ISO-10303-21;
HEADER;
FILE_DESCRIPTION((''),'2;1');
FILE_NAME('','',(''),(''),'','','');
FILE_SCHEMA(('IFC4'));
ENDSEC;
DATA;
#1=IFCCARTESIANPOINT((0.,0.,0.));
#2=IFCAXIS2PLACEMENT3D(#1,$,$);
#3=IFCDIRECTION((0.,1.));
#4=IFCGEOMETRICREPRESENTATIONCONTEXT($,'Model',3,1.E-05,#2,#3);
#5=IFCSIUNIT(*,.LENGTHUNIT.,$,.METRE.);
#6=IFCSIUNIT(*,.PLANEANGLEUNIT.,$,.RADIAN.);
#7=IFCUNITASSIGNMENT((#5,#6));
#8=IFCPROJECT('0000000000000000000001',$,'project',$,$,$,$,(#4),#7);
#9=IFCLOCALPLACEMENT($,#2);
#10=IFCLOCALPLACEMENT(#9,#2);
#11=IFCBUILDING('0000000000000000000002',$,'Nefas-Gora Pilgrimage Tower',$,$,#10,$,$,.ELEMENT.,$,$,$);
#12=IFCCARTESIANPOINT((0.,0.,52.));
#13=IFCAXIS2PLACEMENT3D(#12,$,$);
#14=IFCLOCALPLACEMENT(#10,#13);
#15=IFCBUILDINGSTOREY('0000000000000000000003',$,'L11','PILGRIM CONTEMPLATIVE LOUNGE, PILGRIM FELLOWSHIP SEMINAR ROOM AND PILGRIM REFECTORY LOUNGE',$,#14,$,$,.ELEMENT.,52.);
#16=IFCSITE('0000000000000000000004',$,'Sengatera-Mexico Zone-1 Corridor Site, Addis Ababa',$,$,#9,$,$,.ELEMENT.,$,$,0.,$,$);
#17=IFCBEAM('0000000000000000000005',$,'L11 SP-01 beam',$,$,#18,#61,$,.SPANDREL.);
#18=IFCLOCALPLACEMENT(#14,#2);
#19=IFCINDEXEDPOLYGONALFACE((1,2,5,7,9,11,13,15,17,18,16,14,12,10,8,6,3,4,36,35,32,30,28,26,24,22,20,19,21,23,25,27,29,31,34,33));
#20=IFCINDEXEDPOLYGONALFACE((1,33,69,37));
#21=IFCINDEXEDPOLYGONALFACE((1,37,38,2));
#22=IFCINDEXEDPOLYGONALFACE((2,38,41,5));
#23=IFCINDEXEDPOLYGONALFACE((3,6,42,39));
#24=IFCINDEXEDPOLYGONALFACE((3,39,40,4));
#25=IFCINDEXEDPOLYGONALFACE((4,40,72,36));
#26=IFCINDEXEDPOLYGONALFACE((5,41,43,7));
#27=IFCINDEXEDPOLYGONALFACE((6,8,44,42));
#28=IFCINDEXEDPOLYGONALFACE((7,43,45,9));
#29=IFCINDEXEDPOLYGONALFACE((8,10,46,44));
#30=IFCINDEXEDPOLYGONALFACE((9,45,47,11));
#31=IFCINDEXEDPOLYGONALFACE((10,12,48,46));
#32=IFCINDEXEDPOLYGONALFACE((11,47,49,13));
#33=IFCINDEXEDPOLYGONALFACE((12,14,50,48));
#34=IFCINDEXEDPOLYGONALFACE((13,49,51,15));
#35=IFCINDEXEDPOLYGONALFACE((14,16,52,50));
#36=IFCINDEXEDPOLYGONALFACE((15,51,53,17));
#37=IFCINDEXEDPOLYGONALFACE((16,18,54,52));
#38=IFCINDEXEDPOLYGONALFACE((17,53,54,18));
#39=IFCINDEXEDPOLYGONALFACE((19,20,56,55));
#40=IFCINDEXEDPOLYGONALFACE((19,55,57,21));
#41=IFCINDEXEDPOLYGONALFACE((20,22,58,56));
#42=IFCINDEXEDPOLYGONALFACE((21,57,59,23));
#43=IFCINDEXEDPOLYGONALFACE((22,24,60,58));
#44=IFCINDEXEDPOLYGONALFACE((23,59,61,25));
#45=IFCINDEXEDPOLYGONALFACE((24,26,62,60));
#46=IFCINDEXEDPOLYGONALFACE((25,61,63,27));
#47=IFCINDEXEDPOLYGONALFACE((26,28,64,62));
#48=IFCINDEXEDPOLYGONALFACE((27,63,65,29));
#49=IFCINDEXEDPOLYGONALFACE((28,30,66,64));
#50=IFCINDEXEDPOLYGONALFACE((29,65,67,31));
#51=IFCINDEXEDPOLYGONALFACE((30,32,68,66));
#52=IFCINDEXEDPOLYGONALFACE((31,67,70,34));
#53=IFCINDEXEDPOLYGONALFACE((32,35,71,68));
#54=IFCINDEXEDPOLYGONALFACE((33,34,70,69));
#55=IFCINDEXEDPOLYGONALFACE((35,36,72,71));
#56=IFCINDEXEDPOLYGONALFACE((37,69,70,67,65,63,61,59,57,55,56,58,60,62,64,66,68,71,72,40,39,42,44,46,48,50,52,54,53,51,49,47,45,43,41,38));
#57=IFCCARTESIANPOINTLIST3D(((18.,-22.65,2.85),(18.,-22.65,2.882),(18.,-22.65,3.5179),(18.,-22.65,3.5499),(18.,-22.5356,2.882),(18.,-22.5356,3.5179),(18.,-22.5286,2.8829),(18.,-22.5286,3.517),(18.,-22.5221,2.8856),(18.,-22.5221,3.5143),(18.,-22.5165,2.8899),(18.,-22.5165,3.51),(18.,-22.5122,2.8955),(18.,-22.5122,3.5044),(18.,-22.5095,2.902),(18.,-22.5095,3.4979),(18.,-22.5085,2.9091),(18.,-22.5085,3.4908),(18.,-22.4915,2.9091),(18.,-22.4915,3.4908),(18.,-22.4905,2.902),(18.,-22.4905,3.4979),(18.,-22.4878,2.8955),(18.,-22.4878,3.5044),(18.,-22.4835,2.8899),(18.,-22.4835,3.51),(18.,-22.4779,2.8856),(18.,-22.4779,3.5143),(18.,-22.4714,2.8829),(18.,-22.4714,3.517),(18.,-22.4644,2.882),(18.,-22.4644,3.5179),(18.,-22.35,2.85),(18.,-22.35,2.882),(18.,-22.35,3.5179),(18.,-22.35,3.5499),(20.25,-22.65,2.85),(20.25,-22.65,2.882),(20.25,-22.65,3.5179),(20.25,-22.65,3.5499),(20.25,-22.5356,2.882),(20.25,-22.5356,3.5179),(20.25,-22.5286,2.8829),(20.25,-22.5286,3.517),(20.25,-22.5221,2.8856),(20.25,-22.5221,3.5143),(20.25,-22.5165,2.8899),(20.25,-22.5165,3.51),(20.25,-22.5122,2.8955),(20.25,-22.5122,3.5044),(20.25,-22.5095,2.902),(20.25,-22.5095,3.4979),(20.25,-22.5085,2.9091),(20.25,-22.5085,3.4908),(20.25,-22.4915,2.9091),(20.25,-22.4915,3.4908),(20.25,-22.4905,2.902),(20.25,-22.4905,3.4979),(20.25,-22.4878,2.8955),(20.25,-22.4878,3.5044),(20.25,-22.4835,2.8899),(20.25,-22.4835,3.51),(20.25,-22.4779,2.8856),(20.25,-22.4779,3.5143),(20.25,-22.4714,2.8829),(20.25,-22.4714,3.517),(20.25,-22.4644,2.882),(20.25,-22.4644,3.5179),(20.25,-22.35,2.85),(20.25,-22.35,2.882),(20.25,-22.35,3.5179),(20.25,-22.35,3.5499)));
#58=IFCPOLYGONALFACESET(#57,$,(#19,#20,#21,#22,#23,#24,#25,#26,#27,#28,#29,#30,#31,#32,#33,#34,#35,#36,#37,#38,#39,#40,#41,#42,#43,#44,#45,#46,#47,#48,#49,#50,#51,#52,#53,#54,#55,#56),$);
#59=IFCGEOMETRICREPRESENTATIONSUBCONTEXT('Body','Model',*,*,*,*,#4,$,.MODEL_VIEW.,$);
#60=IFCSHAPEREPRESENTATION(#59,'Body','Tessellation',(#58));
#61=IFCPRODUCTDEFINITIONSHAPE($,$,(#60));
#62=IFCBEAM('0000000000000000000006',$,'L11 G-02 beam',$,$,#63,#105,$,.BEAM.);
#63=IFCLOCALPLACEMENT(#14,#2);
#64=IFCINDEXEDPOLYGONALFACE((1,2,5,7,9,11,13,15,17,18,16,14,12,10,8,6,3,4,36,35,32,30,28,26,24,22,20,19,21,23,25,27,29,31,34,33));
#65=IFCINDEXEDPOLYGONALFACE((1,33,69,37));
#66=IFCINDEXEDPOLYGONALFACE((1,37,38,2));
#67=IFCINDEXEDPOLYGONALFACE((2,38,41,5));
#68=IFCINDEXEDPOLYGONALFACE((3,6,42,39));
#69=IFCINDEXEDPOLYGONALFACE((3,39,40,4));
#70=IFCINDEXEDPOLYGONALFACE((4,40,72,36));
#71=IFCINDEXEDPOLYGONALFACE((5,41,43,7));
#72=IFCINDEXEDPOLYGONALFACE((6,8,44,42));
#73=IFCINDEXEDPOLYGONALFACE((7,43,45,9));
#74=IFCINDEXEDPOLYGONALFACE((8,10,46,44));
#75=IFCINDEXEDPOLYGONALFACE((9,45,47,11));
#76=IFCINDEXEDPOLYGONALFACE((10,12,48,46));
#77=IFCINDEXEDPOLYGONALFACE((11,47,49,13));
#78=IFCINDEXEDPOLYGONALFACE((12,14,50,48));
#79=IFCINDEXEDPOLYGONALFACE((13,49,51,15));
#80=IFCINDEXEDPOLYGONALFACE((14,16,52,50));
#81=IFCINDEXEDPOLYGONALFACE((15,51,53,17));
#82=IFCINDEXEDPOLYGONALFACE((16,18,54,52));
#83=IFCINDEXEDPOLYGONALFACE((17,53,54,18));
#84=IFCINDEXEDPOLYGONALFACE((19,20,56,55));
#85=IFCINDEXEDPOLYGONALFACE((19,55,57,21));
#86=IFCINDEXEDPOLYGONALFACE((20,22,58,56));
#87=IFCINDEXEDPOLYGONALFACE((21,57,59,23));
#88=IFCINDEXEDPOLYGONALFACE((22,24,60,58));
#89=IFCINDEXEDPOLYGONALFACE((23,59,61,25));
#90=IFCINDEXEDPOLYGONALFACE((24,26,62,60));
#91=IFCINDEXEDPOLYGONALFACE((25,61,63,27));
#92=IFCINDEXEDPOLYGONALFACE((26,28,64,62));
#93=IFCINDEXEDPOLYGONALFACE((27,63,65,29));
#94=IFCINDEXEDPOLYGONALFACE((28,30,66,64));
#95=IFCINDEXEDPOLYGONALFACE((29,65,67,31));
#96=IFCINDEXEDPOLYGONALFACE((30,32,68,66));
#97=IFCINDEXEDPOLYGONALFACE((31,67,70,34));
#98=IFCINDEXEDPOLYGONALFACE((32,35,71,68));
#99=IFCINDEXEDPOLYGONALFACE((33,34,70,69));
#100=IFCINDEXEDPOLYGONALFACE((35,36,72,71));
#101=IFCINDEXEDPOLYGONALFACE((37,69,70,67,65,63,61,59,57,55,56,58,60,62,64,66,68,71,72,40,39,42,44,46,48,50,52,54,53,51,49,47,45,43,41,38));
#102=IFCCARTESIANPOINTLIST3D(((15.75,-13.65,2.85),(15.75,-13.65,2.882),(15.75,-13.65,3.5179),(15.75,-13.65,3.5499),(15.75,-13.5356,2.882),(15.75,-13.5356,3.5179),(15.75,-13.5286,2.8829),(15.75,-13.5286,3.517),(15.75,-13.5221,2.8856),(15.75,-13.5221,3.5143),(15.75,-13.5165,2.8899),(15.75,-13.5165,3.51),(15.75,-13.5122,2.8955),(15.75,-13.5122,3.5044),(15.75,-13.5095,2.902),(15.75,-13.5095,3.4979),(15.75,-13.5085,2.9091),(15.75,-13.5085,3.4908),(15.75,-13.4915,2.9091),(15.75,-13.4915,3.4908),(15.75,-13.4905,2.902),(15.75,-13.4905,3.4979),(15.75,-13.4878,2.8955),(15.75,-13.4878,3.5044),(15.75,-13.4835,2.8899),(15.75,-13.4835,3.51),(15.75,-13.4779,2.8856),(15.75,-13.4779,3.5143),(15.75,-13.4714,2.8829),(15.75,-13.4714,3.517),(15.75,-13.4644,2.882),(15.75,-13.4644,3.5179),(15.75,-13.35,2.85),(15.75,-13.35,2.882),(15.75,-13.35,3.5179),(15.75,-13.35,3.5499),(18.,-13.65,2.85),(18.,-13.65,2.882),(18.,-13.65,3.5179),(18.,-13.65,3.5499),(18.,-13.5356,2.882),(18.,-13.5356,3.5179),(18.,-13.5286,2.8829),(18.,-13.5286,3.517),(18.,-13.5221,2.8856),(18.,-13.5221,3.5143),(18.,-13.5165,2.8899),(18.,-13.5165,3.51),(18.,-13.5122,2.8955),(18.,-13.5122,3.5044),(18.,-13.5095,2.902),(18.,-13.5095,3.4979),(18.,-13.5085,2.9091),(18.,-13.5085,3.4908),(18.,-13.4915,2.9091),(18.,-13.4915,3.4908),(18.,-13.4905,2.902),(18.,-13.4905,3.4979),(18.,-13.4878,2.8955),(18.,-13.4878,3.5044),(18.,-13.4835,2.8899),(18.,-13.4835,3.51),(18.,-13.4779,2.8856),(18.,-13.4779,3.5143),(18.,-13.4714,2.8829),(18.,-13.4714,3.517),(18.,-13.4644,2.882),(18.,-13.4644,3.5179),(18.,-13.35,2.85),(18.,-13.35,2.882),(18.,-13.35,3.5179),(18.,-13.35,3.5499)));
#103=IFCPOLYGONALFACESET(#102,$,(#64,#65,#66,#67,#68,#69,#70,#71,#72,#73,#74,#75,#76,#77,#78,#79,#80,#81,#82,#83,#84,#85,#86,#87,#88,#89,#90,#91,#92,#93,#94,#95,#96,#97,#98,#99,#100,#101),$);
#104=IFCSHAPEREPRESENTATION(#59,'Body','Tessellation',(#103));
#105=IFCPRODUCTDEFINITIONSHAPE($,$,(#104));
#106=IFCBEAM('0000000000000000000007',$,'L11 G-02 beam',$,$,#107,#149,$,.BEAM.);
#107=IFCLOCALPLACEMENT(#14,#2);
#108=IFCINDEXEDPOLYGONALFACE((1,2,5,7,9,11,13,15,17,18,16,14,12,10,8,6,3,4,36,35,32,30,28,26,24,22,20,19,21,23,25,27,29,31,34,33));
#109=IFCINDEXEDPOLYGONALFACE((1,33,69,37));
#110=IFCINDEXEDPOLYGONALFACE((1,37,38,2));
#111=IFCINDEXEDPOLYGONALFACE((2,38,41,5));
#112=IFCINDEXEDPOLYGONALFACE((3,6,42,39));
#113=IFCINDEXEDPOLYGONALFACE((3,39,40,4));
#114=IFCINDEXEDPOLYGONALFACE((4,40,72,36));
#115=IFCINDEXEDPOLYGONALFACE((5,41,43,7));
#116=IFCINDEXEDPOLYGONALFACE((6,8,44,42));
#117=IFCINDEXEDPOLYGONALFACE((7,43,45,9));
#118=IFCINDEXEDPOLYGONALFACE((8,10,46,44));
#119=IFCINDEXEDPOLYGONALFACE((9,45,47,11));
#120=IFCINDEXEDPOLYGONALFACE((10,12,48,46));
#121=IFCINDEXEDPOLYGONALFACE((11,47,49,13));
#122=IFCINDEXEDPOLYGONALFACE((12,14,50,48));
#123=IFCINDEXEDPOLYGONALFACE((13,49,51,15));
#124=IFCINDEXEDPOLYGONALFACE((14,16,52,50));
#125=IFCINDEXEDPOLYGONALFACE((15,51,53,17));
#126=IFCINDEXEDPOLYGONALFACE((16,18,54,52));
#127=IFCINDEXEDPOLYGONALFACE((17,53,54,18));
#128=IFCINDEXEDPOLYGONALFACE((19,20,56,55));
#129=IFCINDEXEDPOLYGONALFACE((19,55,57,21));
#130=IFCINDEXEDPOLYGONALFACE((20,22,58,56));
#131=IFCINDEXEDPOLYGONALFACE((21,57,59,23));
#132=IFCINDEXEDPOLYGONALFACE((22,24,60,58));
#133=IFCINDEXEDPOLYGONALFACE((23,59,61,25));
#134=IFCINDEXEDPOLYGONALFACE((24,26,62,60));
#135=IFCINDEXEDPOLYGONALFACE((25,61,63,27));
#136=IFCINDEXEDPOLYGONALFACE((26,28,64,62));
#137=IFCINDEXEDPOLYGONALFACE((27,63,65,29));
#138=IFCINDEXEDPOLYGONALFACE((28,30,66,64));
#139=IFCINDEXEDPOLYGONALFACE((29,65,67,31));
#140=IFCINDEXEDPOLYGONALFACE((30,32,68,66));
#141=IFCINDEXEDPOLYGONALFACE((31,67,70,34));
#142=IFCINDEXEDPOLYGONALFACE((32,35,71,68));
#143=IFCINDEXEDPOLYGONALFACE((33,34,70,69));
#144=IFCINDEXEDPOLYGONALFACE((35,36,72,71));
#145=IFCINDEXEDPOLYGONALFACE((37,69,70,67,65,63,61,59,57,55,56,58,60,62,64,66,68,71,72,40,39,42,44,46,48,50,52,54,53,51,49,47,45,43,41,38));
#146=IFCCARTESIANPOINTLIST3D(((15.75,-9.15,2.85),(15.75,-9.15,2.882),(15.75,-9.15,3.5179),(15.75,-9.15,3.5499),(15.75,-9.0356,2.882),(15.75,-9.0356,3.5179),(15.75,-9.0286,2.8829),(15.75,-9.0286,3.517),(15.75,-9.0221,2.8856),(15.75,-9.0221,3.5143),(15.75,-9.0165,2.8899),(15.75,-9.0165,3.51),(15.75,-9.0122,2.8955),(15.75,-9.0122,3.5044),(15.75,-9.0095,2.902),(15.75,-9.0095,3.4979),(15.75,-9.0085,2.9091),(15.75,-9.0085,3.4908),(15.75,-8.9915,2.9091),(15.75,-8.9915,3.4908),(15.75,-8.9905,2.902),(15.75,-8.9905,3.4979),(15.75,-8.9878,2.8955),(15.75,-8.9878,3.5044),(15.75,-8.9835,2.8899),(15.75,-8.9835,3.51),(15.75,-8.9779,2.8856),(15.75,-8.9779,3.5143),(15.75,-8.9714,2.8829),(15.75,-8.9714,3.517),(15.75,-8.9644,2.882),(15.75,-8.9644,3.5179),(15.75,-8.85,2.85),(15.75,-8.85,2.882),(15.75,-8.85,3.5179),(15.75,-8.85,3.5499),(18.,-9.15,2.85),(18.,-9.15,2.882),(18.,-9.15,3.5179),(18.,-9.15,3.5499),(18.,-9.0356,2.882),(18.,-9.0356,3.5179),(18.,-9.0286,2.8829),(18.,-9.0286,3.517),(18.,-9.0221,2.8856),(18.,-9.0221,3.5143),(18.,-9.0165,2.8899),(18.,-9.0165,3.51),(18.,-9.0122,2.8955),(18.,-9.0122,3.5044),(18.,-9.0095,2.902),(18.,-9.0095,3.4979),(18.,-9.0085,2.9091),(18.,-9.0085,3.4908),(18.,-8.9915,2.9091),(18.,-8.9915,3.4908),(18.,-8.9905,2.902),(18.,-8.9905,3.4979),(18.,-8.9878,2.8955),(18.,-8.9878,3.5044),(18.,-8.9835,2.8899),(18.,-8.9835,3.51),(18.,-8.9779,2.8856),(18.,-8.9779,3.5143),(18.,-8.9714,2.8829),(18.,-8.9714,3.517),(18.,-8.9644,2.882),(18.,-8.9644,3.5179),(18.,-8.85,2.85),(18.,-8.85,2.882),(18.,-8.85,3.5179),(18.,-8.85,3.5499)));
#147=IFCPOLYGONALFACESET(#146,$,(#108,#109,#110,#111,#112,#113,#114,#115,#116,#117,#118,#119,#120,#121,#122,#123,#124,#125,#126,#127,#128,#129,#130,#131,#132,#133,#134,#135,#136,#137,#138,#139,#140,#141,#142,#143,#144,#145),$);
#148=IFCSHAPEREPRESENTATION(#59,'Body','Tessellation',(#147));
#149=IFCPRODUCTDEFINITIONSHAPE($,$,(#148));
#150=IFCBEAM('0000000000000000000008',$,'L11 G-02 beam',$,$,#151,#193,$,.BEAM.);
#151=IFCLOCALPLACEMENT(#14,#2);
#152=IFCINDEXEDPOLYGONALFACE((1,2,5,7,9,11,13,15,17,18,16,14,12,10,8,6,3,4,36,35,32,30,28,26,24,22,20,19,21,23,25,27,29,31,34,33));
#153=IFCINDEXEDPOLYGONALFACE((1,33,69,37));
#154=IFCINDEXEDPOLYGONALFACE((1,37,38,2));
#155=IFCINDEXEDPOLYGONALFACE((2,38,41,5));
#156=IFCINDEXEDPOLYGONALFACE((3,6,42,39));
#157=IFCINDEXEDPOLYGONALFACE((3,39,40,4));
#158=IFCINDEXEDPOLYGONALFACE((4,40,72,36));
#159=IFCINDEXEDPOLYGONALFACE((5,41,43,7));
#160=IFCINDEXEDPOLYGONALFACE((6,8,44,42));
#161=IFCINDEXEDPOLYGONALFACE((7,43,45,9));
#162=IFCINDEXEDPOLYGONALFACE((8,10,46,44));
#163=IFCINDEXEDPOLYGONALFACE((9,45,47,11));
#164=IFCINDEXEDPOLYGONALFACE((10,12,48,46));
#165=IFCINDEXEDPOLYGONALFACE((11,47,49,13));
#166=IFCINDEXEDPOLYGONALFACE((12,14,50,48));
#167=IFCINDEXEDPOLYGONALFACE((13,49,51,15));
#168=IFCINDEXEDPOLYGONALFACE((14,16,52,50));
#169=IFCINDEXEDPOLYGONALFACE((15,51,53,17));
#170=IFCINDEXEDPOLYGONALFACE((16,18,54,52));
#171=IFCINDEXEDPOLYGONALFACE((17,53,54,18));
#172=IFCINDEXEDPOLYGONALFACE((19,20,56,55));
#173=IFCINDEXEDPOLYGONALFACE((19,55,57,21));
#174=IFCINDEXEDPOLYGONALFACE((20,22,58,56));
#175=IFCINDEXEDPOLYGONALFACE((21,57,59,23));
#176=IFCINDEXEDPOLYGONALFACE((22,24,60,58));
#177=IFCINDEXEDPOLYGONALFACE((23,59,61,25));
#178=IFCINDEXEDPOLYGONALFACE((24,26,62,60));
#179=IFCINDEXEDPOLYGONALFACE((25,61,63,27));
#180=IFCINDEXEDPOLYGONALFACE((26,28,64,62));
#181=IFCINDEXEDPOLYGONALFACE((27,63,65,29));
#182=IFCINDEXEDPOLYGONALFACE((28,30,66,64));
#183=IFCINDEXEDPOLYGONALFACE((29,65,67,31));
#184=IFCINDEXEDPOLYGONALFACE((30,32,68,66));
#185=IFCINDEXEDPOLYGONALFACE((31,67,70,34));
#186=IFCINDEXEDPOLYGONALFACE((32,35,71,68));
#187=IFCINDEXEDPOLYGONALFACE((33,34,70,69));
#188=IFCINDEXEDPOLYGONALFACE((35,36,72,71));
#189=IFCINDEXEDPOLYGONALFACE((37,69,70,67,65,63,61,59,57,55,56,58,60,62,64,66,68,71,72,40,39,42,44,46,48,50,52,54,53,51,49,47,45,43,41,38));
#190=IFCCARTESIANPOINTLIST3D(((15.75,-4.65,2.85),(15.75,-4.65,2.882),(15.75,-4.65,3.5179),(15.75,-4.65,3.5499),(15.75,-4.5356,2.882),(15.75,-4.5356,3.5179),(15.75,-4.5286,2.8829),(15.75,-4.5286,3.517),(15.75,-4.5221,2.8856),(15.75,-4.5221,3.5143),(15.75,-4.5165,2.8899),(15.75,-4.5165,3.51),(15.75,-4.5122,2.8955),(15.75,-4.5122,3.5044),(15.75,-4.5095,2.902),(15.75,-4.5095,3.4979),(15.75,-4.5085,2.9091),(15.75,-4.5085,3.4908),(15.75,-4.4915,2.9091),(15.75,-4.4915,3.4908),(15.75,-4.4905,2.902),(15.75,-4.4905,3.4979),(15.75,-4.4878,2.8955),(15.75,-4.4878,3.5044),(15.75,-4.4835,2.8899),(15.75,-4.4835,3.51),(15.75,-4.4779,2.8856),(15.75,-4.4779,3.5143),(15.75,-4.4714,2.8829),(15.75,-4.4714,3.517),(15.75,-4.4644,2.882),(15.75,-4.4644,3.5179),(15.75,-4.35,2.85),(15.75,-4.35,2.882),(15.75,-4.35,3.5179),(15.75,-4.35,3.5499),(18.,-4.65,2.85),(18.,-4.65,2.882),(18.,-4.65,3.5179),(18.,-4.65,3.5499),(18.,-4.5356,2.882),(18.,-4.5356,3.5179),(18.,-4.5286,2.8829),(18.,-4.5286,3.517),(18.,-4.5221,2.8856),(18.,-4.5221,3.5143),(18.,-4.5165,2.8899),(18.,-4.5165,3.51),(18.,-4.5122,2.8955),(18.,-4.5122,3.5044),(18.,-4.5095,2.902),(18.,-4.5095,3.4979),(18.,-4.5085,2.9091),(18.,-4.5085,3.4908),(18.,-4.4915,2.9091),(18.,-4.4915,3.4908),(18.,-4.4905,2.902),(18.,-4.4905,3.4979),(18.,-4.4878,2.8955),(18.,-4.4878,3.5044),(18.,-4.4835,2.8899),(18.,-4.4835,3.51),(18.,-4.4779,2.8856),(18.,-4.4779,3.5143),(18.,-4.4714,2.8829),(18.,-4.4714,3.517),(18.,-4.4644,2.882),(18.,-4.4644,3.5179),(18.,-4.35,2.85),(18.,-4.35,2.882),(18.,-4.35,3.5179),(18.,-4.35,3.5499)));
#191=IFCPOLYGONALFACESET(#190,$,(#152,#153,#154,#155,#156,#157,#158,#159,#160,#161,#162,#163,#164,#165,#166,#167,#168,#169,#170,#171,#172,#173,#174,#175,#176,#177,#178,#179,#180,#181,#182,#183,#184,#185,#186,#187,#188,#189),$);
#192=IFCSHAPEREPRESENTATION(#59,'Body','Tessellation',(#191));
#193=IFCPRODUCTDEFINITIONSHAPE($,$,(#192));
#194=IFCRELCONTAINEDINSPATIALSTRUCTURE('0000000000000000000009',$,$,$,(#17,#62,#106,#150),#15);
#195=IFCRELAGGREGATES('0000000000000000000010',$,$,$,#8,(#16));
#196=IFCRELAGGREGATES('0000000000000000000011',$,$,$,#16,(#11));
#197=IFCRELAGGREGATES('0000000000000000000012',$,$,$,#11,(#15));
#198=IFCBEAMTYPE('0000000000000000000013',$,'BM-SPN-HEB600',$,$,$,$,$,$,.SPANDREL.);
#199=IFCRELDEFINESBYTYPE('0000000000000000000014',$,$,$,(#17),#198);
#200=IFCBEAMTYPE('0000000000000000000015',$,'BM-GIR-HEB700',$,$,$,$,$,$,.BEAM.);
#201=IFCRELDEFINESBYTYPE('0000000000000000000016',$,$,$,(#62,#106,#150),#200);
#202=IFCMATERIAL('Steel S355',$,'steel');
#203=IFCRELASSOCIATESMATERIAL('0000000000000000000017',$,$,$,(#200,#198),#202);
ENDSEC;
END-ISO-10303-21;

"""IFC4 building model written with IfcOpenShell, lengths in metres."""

from ifc_helpers import new_model, si_unit, direction, frame, origin, origin_2d, place, context, subcontext, project, spatial, i_section, extrude, source, transform, mapped, material, material_profile, profile_set, type_object, element, save


model = new_model("IFC4")

# Units and contexts
model_context = context("Model", 3, precision=1e-05, world=origin(), true_north=direction((0.0, 1.0)))
body_context = subcontext(model_context, "Body", "Model", "MODEL_VIEW")
ifc_project = project(units=[si_unit("LENGTHUNIT", "METRE"), si_unit("PLANEANGLEUNIT", "RADIAN")], contexts=[model_context])

# Site, building, storey
site_placement = place(None, origin())
site = spatial("IfcSite", under=ifc_project, at=site_placement, Name="Sengatera-Mexico Zone-1 Corridor Site, Addis Ababa", CompositionType="ELEMENT", RefElevation=0.0)
building_placement = place(site_placement, origin())
building = spatial("IfcBuilding", under=site, at=building_placement, Name="Nefas-Gora Pilgrimage Tower", CompositionType="ELEMENT")
storey_placement = place(building_placement, frame((0.0, 0.0, 52.0)))
storey = spatial("IfcBuildingStorey", under=building, at=storey_placement, Name="L11", Description="PILGRIM CONTEMPLATIVE LOUNGE, PILGRIM FELLOWSHIP SEMINAR ROOM AND PILGRIM REFECTORY LOUNGE", CompositionType="ELEMENT", Elevation=52.0)

# Beams
ifc_material_1 = material(Name="Steel S355", Category="steel")
ifc_material_profile_1 = material_profile(ifc_material_1, i_section(OverallWidth=0.3, OverallDepth=0.7, WebThickness=0.0171, FlangeThickness=0.032, FilletRadius=0.0271, at=origin_2d()), Name="HEB 700")
ifc_profile_set_1 = profile_set([ifc_material_profile_1], Name="Steel S355")
beam_type_1 = type_object("IfcBeamType", Name="BM-GIR-HEB700", PredefinedType="BEAM", material=ifc_profile_set_1)
ifc_material_profile_2 = material_profile(ifc_material_1, i_section(OverallWidth=0.3, OverallDepth=0.7, WebThickness=0.0171, FlangeThickness=0.032, FilletRadius=0.0271, at=origin_2d()), Name="HEB 700")
ifc_profile_set_2 = profile_set([ifc_material_profile_2], Name="Steel S355")
beam_type_2 = type_object("IfcBeamType", Name="BM-SPN-HEB600", PredefinedType="SPANDREL", material=ifc_profile_set_2)
shared_shape_1 = source(origin(), body_context, "Body", "SweptSolid", [
    extrude(i_section(OverallWidth=0.3, OverallDepth=0.7, WebThickness=0.0171, FlangeThickness=0.032, FilletRadius=0.0271, at=origin_2d()), origin(), (0.0, 0.0, 1.0), 2.25),
])
for number, where, z_axis, x_axis, name in (
    (1, (18.0, -22.5, 3.2), (1.0, 0.0, 0.0), (0.0, 1.0, 0.0), "L11 SP-01 beam"),
):
    element("IfcBeam", number, at=place(storey_placement, frame(where, z_axis=z_axis, x_axis=x_axis)), inside=storey, type_object=beam_type_2, Name=name, PredefinedType="SPANDREL", context=body_context, shape_type="MappedRepresentation", body=[
        mapped(shared_shape_1, transform((0.0, 0.0, 0.0), x_axis=(1.0, 0.0, 0.0), y_axis=(0.0, 1.0, 0.0), z_axis=(0.0, 0.0, 1.0), scale=1.0)),
    ])
shared_shape_2 = source(origin(), body_context, "Body", "SweptSolid", [
    extrude(i_section(OverallWidth=0.3, OverallDepth=0.7, WebThickness=0.0171, FlangeThickness=0.032, FilletRadius=0.0271, at=origin_2d()), origin(), (0.0, 0.0, 1.0), 2.25),
])
for number, where, z_axis, x_axis, name in (
    (2, (15.75, -13.5, 3.2), (1.0, 0.0, 0.0), (0.0, 1.0, 0.0), "L11 G-02 beam"),
    (3, (15.75, -9.0, 3.2), (1.0, 0.0, 0.0), (0.0, 1.0, 0.0), "L11 G-02 beam"),
    (4, (15.75, -4.5, 3.2), (1.0, 0.0, 0.0), (0.0, 1.0, 0.0), "L11 G-02 beam"),
):
    element("IfcBeam", number, at=place(storey_placement, frame(where, z_axis=z_axis, x_axis=x_axis)), inside=storey, type_object=beam_type_1, Name=name, PredefinedType="BEAM", context=body_context, shape_type="MappedRepresentation", body=[
        mapped(shared_shape_2, transform((0.0, 0.0, 0.0), x_axis=(1.0, 0.0, 0.0), y_axis=(0.0, 1.0, 0.0), z_axis=(0.0, 0.0, 1.0), scale=1.0)),
    ])

save(model, "model.ifc")
